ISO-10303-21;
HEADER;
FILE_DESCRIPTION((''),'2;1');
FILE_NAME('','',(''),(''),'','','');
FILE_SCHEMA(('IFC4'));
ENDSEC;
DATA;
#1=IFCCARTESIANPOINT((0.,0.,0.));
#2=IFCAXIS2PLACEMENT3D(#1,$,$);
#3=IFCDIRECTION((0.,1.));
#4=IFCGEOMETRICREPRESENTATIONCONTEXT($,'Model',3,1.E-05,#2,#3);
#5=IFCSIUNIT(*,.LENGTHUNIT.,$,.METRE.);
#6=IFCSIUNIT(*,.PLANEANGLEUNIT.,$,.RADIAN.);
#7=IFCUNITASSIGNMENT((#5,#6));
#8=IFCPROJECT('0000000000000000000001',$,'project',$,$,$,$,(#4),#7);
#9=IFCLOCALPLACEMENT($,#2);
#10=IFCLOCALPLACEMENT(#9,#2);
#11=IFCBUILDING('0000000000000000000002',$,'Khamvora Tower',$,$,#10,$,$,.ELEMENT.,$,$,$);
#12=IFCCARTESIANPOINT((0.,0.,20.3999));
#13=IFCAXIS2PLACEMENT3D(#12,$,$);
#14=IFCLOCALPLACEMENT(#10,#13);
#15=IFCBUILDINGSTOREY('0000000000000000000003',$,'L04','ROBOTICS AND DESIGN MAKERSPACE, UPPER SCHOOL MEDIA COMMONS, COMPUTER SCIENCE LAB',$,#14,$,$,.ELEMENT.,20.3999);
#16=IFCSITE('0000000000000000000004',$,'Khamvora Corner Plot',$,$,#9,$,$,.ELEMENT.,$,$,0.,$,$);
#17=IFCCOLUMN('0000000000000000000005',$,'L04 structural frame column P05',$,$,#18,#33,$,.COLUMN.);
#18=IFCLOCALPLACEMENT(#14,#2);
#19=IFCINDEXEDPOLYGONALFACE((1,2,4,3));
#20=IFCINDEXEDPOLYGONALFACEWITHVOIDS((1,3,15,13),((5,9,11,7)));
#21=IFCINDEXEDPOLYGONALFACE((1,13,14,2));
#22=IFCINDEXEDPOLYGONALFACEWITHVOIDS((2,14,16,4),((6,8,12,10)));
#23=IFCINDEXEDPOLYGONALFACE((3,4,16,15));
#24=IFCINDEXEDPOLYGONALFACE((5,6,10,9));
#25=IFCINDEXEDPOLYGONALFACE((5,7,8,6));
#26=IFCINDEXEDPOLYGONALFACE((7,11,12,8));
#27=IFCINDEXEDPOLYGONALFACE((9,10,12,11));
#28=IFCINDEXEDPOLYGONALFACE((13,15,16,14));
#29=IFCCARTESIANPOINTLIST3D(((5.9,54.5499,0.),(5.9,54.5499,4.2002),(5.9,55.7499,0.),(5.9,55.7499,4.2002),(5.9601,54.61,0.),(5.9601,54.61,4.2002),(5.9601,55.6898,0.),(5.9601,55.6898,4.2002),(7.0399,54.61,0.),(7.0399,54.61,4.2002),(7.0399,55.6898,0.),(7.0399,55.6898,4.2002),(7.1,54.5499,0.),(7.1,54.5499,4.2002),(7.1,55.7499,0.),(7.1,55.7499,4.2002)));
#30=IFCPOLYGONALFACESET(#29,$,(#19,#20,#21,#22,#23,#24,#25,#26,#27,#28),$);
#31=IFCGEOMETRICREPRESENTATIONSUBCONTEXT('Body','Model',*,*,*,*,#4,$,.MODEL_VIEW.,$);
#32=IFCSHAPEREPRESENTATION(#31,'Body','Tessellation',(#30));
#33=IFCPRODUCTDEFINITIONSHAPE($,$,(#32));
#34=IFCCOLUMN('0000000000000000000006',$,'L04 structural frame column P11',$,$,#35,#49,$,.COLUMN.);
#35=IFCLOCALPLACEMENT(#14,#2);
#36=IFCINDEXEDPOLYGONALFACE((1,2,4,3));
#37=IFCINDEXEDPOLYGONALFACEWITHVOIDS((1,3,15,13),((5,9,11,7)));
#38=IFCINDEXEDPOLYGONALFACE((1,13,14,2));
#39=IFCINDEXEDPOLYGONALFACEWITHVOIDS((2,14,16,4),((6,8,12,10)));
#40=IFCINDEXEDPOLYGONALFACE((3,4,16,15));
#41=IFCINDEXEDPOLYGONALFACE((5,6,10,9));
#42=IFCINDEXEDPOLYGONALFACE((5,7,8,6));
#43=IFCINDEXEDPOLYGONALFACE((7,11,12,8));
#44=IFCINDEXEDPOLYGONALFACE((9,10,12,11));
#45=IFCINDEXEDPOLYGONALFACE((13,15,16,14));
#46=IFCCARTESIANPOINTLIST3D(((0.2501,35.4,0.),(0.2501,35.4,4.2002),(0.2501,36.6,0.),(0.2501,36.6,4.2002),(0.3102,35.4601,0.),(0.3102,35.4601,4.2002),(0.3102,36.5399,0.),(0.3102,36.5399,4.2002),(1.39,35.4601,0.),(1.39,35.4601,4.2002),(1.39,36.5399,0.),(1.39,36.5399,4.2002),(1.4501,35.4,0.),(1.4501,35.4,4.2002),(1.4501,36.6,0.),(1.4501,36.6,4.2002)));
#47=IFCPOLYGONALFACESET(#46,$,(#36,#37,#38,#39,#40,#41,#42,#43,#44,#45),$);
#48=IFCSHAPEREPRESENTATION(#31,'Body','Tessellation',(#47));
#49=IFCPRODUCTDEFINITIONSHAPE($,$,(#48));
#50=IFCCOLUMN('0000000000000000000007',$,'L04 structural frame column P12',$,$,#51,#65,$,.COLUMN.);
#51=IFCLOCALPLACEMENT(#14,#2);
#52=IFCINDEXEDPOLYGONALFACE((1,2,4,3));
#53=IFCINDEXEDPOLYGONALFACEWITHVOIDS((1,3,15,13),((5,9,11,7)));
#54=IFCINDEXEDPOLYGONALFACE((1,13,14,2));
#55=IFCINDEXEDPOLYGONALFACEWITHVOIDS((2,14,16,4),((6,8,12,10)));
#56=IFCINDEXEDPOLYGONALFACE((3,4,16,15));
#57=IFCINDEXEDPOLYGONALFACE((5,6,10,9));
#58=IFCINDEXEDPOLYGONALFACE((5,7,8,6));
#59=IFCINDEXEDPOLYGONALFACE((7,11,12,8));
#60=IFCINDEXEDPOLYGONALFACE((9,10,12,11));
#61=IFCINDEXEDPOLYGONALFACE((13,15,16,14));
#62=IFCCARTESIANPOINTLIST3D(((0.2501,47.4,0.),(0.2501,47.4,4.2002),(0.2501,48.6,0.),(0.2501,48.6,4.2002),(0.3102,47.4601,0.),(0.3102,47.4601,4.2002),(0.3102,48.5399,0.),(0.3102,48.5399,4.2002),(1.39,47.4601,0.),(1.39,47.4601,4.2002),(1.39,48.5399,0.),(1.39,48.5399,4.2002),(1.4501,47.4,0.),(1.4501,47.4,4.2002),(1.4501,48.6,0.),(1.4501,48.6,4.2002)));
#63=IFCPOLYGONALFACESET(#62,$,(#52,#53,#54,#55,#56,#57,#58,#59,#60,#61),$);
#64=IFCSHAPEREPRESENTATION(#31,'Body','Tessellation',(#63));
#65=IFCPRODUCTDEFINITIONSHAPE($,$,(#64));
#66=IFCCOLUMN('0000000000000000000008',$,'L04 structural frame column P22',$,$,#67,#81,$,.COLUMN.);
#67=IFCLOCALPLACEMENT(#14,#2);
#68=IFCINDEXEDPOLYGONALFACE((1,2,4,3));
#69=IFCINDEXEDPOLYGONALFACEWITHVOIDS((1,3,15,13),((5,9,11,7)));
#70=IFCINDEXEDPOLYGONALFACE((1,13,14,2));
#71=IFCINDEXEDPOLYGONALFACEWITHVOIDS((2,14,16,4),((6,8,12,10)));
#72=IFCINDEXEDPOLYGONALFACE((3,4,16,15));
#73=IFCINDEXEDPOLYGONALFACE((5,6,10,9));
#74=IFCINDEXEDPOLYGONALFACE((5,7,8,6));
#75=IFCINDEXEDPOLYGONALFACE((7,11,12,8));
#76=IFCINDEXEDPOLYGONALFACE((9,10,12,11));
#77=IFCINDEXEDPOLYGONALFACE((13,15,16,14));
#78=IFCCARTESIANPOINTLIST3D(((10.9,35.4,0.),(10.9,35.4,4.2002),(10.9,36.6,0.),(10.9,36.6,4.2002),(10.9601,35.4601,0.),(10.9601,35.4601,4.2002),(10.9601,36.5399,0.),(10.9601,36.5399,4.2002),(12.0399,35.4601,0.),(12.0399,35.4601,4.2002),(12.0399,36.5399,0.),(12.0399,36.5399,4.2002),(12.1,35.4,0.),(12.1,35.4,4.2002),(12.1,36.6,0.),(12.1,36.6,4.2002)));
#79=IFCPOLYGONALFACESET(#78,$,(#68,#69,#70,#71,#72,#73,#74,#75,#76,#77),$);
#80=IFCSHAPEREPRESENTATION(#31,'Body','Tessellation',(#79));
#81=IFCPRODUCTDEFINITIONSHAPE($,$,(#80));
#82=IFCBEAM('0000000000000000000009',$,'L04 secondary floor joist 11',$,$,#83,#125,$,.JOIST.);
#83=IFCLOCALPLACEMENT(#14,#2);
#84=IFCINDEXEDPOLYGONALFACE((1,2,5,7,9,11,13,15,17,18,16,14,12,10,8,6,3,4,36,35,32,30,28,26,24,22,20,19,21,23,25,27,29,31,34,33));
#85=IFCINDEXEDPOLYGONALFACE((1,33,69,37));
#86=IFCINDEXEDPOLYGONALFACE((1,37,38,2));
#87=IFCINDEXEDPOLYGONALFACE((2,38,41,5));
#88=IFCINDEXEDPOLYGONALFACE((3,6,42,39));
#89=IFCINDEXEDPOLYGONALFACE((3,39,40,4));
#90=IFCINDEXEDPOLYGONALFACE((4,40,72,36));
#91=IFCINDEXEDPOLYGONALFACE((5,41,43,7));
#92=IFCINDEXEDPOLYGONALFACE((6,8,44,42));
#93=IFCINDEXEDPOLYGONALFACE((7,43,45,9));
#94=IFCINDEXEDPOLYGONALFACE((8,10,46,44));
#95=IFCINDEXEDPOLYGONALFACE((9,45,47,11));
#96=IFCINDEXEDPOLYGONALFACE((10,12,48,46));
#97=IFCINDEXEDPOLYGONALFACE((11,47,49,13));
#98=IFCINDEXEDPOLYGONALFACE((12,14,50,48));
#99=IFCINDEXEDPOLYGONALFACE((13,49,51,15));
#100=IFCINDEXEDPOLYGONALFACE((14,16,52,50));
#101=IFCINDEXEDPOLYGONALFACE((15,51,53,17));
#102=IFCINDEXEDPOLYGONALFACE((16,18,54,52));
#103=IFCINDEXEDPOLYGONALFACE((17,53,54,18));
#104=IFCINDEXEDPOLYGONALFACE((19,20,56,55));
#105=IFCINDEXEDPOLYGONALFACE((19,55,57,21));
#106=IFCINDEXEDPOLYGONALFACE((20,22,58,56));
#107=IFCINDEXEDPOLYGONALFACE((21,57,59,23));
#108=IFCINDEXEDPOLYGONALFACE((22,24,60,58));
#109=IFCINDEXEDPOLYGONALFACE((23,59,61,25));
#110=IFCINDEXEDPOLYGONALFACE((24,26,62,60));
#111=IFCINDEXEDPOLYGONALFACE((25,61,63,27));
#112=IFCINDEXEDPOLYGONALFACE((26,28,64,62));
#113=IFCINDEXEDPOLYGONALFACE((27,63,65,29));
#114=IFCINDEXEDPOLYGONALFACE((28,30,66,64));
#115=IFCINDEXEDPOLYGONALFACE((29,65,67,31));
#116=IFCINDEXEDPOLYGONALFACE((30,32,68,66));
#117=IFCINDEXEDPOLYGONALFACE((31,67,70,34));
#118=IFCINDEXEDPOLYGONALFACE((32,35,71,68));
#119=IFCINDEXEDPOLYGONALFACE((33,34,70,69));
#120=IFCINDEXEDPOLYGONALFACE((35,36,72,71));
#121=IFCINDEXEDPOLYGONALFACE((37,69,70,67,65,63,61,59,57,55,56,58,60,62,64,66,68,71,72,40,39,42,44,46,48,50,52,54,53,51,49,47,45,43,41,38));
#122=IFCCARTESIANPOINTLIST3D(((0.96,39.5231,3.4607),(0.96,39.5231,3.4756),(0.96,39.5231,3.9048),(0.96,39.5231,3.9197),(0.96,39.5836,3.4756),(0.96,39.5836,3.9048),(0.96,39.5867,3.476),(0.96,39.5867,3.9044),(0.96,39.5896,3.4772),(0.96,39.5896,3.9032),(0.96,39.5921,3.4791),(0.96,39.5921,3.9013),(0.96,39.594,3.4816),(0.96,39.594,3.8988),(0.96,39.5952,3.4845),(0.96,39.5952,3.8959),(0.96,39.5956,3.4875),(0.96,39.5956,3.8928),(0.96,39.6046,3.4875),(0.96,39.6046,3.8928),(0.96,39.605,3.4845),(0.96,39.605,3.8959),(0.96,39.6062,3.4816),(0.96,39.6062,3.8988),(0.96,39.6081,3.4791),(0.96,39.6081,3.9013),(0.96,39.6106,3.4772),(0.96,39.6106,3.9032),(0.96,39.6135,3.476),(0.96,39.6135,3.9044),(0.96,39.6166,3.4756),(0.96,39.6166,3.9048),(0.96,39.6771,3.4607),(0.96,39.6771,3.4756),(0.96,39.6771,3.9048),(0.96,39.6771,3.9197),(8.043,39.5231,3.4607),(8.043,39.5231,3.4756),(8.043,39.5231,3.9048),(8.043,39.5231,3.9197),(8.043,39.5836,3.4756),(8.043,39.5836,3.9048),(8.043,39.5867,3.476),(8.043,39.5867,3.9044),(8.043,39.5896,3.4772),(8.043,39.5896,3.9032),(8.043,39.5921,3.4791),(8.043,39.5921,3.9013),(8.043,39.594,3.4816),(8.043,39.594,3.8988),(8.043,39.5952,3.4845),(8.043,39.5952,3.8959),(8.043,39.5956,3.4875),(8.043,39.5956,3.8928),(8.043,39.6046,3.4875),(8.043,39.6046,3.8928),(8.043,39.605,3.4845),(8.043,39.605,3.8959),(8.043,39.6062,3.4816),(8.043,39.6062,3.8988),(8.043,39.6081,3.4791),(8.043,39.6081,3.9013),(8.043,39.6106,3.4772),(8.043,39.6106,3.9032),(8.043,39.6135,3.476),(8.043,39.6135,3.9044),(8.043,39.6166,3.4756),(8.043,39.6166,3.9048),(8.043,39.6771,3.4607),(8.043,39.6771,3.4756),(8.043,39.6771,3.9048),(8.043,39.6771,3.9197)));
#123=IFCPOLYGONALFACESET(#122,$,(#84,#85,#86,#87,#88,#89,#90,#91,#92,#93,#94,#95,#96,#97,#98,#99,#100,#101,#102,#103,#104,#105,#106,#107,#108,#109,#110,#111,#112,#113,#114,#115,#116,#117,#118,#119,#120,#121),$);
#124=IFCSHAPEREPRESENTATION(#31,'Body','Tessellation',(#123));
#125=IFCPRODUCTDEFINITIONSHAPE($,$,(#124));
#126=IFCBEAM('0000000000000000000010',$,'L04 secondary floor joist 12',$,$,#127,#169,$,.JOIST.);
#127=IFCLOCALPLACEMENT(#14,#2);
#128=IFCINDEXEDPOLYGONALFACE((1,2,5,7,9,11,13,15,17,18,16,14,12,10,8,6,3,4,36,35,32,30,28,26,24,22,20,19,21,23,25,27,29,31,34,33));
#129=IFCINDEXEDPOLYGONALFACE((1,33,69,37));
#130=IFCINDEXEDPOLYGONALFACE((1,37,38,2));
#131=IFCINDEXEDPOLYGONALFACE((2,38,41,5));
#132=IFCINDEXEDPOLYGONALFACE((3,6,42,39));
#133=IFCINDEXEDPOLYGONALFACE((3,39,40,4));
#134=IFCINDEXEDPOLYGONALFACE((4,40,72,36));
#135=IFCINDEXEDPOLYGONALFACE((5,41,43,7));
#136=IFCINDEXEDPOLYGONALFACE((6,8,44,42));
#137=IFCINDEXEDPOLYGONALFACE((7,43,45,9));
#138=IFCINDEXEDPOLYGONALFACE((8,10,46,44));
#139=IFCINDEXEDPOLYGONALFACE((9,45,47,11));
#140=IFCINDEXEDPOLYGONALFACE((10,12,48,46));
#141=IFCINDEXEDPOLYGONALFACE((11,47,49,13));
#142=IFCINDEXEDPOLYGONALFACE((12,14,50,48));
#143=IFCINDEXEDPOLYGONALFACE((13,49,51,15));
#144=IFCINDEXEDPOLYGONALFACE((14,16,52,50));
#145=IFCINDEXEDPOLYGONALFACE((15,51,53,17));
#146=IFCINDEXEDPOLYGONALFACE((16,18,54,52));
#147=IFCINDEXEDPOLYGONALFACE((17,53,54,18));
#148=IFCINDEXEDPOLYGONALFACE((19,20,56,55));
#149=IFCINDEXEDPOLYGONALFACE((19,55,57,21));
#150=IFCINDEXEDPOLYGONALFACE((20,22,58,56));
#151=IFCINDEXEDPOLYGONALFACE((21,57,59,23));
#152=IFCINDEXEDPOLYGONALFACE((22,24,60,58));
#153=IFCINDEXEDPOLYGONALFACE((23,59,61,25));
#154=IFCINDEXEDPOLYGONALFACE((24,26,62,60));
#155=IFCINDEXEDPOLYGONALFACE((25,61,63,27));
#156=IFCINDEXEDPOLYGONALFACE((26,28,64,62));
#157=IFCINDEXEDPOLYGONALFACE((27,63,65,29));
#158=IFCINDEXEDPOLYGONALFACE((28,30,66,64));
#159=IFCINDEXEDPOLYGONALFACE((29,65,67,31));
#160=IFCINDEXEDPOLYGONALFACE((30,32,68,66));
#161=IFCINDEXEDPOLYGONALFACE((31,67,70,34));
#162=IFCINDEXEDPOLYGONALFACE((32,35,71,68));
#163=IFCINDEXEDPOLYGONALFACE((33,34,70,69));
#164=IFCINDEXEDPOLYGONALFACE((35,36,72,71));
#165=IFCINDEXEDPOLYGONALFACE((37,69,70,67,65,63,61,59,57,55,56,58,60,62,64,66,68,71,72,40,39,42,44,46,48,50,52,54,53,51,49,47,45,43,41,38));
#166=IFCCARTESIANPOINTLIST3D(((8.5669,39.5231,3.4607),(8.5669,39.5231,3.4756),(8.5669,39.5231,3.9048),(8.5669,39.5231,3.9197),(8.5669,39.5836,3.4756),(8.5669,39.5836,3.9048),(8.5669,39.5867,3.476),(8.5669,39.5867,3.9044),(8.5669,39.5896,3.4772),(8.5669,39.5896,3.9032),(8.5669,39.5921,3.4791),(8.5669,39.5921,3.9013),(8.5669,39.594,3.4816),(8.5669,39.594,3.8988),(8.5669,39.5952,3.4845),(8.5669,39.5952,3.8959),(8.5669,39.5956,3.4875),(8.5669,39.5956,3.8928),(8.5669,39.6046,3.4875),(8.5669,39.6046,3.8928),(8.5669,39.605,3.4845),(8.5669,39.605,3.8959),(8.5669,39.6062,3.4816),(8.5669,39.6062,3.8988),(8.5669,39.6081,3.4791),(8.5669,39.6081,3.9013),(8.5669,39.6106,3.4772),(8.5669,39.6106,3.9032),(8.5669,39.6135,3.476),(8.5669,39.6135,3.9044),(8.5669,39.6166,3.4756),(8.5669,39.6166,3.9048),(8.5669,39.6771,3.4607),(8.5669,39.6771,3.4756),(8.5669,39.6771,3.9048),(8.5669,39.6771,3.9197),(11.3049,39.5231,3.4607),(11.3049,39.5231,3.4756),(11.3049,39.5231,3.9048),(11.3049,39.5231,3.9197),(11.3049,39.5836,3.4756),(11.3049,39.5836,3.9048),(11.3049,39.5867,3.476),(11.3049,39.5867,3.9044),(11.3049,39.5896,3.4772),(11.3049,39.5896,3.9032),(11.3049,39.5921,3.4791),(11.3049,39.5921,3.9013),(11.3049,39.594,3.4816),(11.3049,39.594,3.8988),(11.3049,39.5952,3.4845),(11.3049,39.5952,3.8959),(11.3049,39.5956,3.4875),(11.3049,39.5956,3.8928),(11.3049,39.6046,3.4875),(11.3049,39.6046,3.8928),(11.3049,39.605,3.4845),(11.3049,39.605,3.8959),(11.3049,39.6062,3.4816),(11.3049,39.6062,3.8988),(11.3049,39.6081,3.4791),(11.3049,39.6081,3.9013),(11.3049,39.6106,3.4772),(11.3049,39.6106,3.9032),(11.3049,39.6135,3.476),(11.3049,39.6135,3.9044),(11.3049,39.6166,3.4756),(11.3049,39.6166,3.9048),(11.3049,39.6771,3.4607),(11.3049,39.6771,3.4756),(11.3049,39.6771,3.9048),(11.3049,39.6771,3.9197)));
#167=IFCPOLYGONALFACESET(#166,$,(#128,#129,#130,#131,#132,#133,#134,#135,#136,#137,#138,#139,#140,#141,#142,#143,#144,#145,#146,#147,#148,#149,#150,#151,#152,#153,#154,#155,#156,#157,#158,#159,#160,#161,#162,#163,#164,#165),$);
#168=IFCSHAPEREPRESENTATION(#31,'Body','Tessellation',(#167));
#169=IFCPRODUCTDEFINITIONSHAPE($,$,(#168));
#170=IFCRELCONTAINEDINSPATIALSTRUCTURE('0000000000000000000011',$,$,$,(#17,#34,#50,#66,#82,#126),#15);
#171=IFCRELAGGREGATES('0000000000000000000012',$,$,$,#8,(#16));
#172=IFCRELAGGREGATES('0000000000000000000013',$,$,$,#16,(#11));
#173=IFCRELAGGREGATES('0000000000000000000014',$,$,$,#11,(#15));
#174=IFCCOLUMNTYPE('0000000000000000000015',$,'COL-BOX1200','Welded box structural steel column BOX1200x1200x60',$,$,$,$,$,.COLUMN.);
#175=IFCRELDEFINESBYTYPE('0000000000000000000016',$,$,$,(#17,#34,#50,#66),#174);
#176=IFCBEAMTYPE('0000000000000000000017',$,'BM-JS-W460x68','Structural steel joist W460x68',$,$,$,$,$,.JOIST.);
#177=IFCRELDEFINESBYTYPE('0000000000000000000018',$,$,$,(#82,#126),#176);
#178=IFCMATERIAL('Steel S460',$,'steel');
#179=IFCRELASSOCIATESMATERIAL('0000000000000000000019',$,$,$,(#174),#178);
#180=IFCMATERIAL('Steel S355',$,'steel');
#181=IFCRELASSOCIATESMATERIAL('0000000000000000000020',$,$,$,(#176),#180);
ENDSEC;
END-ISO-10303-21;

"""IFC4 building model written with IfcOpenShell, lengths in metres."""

from ifc_helpers import new_model, si_unit, direction, frame, origin, origin_2d, place, context, subcontext, project, spatial, hollow_rectangle, i_section, extrude, material, material_profile, profile_set, type_object, element, save


model = new_model("IFC4")

# Units and contexts
model_context = context("Model", 3, precision=1e-05, world=origin(), true_north=direction((0.0, 1.0)))
body_context = subcontext(model_context, "Body", "Model", "MODEL_VIEW")
ifc_project = project(units=[si_unit("LENGTHUNIT", "METRE"), si_unit("PLANEANGLEUNIT", "RADIAN")], contexts=[model_context])

# Site, building, storey
site_placement = place(None, origin())
site = spatial("IfcSite", under=ifc_project, at=site_placement, Name="Khamvora Corner Plot", CompositionType="ELEMENT", RefElevation=0.0)
building_placement = place(site_placement, origin())
building = spatial("IfcBuilding", under=site, at=building_placement, Name="Khamvora Tower", CompositionType="ELEMENT")
storey_placement = place(building_placement, frame((0.0, 0.0, 20.3999)))
storey = spatial("IfcBuildingStorey", under=building, at=storey_placement, Name="L04", Description="ROBOTICS AND DESIGN MAKERSPACE, UPPER SCHOOL MEDIA COMMONS, COMPUTER SCIENCE LAB", CompositionType="ELEMENT", Elevation=20.3999)

# Columns
ifc_material_1 = material(Name="Steel S460", Category="steel")
ifc_material_profile_1 = material_profile(ifc_material_1, hollow_rectangle(XDim=1.2, YDim=1.2, WallThickness=0.0601, at=origin_2d()), Name="BOX1200x1200x60")
ifc_profile_set_1 = profile_set([ifc_material_profile_1], Name="Steel S460")
column_type = type_object("IfcColumnType", Name="COL-BOX1200", Description="Welded box structural steel column BOX1200x1200x60", PredefinedType="COLUMN", material=ifc_profile_set_1)
for number, where, z_axis, x_axis, name in (
    (1, (6.5, 55.1499, 0.0), (0.0, 0.0, 1.0), (1.0, 0.0, 0.0), "L04 structural frame column P05"),
    (2, (0.8501, 36.0, 0.0), (0.0, 0.0, 1.0), (1.0, 0.0, 0.0), "L04 structural frame column P11"),
    (3, (0.8501, 48.0, 0.0), (0.0, 0.0, 1.0), (1.0, 0.0, 0.0), "L04 structural frame column P12"),
    (4, (11.5, 36.0, 0.0), (0.0, 0.0, 1.0), (1.0, 0.0, 0.0), "L04 structural frame column P22"),
):
    element("IfcColumn", number, at=place(storey_placement, frame(where, z_axis=z_axis, x_axis=x_axis)), inside=storey, type_object=column_type, Name=name, PredefinedType="COLUMN", context=body_context, shape_type="SweptSolid", body=[
        extrude(hollow_rectangle(XDim=1.2, YDim=1.2, WallThickness=0.0601, at=origin_2d()), origin(), (0.0, 0.0, 1.0), 4.2002),
    ])

# Beams
ifc_material_2 = material(Name="Steel S355", Category="steel")
ifc_material_profile_2 = material_profile(ifc_material_2, i_section(OverallWidth=0.1541, OverallDepth=0.459, WebThickness=0.009, FlangeThickness=0.0149, FilletRadius=0.012, at=origin_2d()), Name="W460x68")
ifc_profile_set_2 = profile_set([ifc_material_profile_2], Name="Steel S355")
beam_type_1 = type_object("IfcBeamType", Name="BM-JS-W460x68", Description="Structural steel joist W460x68", PredefinedType="JOIST", material=ifc_profile_set_2)
beam_1_placement = place(storey_placement, frame((0.96, 39.6001, 3.6902), z_axis=(1.0, 0.0, 0.0), x_axis=(0.0, 1.0, 0.0)))
element("IfcBeam", 5, at=beam_1_placement, inside=storey, type_object=beam_type_1, Name="L04 secondary floor joist 11", PredefinedType="JOIST", context=body_context, shape_type="SweptSolid", body=[
    extrude(i_section(OverallWidth=0.1541, OverallDepth=0.459, WebThickness=0.009, FlangeThickness=0.0149, FilletRadius=0.012, at=origin_2d()), origin(), (0.0, 0.0, 1.0), 7.083),
])
beam_2_placement = place(storey_placement, frame((8.5669, 39.6001, 3.6902), z_axis=(1.0, 0.0, 0.0), x_axis=(0.0, 1.0, 0.0)))
element("IfcBeam", 6, at=beam_2_placement, inside=storey, type_object=beam_type_1, Name="L04 secondary floor joist 12", PredefinedType="JOIST", context=body_context, shape_type="SweptSolid", body=[
    extrude(i_section(OverallWidth=0.1541, OverallDepth=0.459, WebThickness=0.009, FlangeThickness=0.0149, FilletRadius=0.012, at=origin_2d()), origin(), (0.0, 0.0, 1.0), 2.738),
])

save(model, "model.ifc")
